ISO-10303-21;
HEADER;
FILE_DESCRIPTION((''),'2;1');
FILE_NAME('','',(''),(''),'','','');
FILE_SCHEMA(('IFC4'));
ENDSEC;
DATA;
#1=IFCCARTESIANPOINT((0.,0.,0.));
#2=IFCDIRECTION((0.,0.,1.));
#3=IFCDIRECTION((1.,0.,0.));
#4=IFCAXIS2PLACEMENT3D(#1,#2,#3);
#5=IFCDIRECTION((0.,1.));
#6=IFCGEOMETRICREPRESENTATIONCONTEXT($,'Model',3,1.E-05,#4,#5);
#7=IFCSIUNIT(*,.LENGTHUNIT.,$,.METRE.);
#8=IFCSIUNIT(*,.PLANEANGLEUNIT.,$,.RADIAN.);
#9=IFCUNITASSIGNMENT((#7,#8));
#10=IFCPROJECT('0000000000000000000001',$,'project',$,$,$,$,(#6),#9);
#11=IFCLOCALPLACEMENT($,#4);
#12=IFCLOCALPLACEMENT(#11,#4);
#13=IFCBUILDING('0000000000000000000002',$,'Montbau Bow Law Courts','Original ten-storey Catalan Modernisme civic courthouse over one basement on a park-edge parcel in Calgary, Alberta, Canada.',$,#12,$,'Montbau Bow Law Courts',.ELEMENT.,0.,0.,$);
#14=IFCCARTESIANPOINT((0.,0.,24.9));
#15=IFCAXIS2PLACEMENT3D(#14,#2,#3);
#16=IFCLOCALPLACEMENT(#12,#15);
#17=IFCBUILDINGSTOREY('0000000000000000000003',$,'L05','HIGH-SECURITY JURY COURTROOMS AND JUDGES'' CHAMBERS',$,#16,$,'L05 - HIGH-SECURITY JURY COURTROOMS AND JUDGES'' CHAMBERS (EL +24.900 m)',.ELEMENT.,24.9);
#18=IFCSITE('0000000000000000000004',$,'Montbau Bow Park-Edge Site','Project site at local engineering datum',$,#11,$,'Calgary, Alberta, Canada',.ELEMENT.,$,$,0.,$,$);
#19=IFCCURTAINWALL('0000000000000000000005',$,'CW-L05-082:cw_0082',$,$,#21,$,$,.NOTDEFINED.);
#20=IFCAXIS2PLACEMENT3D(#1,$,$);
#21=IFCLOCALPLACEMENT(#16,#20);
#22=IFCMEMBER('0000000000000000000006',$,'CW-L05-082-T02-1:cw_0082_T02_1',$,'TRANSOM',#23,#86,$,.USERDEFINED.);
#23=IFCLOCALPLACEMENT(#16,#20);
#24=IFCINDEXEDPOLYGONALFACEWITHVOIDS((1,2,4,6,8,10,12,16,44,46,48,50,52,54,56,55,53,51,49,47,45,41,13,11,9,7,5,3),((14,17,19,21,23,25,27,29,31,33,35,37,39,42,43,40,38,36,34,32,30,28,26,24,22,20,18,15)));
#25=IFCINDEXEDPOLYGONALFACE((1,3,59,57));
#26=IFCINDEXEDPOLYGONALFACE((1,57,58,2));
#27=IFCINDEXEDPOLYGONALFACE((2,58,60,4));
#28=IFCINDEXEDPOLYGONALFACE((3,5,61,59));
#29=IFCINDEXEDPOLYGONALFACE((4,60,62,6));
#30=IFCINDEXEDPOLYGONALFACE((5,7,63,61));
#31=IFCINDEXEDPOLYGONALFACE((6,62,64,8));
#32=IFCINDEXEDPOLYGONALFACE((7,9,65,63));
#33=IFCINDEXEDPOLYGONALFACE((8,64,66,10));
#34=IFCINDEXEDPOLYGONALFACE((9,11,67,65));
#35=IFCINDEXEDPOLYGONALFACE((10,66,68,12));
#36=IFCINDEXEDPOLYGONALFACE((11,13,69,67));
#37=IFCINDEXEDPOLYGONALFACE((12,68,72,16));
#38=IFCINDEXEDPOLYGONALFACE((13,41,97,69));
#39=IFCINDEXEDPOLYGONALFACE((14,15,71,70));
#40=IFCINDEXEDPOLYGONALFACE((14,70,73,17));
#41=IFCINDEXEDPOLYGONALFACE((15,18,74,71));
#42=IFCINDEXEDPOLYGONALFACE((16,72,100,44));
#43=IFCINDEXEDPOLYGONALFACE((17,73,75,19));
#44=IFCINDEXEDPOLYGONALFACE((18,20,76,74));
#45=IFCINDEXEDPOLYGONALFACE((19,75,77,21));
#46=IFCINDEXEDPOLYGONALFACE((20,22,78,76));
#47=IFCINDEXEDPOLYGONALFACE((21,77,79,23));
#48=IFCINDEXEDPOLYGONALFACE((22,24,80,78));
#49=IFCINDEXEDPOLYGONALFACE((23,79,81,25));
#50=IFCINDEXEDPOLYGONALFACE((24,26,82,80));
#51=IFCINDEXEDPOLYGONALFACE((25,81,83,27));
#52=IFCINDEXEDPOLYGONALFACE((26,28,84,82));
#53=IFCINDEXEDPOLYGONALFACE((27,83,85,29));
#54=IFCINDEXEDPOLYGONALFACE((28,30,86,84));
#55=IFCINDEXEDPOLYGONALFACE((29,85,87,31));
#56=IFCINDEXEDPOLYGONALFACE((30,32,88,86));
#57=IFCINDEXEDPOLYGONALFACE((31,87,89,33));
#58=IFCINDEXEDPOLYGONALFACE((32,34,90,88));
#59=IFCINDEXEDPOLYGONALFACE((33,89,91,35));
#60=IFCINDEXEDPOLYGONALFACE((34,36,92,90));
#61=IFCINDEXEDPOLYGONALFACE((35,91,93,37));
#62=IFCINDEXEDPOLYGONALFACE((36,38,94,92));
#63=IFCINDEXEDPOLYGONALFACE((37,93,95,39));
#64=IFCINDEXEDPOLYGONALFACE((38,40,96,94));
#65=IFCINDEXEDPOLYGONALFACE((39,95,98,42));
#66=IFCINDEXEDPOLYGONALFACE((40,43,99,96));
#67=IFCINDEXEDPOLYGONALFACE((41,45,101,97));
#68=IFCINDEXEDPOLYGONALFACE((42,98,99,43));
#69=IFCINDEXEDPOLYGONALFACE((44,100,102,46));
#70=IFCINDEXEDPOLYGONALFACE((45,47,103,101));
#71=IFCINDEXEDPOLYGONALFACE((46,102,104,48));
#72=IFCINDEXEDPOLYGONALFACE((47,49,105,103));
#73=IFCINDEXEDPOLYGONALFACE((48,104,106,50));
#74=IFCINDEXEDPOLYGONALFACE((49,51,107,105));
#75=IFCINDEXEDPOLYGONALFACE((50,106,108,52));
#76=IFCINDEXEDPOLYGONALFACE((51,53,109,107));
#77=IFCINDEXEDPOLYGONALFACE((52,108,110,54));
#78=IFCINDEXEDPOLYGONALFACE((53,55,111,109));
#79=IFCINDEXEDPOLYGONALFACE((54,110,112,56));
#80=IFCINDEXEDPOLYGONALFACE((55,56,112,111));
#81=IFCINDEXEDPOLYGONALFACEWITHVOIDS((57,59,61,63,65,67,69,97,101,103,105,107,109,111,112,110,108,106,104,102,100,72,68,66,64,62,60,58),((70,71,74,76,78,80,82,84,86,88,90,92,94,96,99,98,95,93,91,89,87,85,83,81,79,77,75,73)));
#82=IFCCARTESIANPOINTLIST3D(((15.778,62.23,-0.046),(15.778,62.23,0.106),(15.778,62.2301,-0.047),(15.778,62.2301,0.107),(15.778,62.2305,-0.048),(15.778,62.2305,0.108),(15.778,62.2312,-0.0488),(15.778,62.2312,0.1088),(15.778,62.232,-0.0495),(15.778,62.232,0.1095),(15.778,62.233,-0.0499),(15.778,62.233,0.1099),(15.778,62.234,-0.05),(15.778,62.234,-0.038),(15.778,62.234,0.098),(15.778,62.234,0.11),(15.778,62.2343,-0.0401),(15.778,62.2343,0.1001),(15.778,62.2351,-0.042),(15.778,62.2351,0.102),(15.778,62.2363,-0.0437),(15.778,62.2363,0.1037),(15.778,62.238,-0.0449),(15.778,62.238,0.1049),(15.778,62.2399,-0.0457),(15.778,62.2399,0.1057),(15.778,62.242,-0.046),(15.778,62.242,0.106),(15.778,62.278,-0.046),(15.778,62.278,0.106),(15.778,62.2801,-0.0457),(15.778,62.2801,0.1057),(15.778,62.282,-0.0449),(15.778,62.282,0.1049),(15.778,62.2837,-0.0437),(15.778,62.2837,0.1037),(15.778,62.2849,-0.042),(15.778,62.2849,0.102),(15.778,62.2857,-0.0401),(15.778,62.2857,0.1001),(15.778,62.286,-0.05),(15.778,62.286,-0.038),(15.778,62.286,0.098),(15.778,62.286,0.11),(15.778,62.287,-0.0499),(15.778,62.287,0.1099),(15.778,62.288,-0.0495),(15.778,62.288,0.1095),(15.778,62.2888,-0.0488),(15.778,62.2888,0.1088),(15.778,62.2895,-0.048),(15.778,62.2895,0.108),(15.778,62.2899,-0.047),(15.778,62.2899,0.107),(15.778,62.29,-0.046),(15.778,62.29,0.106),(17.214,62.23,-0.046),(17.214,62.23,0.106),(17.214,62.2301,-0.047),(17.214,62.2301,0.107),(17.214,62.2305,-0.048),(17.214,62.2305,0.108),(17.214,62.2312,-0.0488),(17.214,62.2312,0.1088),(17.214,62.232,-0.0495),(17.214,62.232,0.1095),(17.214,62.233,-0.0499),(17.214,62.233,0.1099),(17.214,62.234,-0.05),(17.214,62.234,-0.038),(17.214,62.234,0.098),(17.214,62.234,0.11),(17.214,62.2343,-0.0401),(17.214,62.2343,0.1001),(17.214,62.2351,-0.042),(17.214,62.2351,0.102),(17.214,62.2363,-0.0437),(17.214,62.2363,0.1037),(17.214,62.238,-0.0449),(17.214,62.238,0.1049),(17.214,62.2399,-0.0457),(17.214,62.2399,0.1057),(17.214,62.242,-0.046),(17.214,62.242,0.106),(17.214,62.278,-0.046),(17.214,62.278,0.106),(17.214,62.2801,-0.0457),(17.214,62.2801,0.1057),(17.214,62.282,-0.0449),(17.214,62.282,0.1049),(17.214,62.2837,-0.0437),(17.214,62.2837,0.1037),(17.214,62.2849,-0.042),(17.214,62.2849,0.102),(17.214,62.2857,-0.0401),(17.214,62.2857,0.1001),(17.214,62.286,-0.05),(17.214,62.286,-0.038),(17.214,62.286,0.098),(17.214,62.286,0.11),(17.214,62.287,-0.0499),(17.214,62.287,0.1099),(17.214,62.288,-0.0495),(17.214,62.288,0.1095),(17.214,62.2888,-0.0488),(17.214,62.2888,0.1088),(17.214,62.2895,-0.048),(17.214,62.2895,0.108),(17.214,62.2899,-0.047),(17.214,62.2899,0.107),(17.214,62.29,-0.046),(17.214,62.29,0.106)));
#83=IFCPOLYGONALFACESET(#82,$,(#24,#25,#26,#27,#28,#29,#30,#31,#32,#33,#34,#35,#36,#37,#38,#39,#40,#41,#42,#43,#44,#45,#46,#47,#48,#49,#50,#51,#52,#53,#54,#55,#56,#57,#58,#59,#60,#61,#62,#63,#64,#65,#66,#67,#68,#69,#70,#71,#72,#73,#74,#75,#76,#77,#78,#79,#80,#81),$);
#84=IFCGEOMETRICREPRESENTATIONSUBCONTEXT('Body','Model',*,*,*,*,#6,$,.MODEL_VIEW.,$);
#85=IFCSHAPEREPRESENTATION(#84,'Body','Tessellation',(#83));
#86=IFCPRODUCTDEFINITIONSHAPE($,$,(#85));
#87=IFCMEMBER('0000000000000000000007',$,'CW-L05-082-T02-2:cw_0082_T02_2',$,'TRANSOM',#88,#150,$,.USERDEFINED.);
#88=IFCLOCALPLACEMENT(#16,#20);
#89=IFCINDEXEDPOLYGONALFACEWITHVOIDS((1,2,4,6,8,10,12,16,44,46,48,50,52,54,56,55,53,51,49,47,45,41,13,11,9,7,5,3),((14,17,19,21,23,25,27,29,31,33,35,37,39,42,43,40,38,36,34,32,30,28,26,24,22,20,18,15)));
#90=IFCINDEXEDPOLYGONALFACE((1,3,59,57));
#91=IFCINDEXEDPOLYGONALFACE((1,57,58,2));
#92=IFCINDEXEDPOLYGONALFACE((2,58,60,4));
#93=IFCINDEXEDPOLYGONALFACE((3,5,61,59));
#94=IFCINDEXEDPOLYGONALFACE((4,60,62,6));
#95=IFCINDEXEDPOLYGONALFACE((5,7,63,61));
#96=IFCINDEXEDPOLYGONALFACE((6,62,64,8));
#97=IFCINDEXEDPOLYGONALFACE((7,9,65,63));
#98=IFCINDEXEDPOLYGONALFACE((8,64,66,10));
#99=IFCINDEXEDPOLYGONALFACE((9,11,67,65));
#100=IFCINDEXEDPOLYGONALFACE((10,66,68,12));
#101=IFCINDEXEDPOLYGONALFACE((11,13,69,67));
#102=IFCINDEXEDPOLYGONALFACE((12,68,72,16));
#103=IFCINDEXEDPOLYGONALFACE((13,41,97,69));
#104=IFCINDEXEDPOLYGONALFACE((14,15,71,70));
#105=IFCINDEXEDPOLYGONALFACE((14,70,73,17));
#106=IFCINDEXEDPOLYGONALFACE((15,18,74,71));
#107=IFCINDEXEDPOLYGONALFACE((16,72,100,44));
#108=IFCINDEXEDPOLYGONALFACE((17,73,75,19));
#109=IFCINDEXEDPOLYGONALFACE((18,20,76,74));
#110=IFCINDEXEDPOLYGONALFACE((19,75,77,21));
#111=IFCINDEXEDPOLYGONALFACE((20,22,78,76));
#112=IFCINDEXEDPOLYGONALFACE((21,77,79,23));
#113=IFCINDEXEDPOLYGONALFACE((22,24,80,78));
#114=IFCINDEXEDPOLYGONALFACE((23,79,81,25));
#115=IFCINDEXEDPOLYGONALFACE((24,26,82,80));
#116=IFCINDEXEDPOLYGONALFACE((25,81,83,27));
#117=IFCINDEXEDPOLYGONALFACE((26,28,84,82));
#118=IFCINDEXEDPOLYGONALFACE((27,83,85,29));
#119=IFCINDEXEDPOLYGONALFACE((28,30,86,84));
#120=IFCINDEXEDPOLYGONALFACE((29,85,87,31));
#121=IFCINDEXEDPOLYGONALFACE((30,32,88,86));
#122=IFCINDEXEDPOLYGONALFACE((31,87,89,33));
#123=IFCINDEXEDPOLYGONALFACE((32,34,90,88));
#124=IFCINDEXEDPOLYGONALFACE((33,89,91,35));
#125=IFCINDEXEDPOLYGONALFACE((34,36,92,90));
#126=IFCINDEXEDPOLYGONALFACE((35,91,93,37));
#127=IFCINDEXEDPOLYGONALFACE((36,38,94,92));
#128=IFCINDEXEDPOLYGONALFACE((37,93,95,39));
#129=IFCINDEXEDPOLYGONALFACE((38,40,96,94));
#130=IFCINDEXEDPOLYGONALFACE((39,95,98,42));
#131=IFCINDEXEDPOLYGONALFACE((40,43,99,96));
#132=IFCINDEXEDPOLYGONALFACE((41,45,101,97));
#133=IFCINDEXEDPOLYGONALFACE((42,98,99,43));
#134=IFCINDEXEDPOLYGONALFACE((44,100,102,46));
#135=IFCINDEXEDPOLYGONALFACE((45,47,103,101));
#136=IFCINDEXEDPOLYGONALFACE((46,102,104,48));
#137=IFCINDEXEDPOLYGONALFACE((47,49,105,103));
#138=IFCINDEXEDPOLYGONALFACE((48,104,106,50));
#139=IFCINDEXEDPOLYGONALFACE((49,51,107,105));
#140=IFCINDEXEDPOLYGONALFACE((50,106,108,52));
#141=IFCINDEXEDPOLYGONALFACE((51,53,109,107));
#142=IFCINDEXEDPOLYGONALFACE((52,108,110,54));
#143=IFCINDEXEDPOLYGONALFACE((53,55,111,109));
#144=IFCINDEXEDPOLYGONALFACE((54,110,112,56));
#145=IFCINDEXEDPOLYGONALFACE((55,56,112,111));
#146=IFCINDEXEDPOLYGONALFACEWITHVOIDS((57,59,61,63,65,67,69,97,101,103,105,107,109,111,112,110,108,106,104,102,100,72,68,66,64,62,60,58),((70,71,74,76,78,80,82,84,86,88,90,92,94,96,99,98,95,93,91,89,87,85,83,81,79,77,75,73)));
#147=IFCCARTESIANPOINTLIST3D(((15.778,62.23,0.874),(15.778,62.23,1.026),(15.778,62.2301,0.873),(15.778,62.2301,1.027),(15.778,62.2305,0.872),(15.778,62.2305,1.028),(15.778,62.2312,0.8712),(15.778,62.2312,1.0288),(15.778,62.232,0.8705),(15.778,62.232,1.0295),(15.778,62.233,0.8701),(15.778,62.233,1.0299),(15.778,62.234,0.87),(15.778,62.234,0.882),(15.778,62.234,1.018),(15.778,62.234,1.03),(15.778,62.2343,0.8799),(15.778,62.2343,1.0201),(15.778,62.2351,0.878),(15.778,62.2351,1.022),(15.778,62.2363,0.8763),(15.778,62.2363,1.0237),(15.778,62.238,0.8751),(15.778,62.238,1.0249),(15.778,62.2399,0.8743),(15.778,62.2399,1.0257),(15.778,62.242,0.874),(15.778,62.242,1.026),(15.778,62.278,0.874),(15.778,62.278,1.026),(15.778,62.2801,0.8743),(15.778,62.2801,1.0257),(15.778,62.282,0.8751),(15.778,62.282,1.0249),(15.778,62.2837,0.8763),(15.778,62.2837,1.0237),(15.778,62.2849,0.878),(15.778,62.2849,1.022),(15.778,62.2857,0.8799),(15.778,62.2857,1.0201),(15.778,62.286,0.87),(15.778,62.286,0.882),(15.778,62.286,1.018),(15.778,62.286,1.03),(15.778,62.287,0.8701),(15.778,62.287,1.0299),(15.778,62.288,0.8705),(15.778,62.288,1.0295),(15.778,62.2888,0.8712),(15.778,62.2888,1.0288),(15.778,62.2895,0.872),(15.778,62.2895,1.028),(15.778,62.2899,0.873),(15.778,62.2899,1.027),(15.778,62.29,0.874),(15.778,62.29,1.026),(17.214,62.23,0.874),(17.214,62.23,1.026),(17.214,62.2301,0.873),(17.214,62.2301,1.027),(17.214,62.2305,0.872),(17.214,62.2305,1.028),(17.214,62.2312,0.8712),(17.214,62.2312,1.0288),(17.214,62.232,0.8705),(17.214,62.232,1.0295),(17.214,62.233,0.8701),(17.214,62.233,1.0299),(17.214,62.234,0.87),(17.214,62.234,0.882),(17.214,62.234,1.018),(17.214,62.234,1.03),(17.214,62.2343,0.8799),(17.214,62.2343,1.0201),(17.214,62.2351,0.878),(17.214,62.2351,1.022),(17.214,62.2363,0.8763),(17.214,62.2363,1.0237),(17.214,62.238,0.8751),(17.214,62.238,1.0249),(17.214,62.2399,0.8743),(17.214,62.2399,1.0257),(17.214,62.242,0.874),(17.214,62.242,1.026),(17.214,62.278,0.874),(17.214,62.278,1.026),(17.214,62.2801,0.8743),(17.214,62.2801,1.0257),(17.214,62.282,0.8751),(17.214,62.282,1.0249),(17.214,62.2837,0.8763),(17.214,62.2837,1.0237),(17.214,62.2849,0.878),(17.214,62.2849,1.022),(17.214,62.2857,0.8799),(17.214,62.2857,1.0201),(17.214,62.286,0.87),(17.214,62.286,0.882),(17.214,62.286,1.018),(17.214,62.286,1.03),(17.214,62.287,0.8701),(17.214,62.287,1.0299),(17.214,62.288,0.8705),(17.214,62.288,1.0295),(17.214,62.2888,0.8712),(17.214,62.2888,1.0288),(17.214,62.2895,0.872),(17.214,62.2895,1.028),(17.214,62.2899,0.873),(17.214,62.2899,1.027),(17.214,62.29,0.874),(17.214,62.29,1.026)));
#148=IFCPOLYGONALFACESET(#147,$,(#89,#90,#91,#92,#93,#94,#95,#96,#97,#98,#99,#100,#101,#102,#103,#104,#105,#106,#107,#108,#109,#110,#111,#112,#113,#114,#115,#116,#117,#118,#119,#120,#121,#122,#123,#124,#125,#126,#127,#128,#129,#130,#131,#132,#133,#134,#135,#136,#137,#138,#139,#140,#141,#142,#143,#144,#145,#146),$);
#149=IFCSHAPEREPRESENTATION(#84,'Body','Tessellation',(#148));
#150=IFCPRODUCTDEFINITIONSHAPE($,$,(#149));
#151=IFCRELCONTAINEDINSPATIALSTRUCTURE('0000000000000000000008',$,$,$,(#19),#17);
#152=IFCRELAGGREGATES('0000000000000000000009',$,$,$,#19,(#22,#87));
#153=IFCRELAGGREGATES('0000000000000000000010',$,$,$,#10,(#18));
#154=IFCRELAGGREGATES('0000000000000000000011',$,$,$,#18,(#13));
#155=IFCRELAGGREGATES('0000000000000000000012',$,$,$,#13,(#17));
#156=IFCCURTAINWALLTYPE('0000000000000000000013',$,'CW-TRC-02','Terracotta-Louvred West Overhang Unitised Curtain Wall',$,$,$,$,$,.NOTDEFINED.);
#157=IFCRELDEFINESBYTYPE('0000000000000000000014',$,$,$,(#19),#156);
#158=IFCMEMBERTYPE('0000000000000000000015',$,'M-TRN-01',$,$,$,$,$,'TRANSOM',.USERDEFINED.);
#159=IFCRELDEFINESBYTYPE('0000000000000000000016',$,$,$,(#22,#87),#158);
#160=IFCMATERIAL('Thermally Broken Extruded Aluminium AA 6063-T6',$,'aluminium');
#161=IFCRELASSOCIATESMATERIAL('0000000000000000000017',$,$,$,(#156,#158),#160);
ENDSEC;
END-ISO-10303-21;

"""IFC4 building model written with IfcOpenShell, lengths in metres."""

from ifc_helpers import new_model, si_unit, direction, frame, origin_with_axes, origin_2d_with_axis, place, context, subcontext, project, spatial, hollow_rectangle, extrude, material, material_profile, profile_set, type_object, element, aggregate, save


model = new_model("IFC4")

# Units and contexts
model_context = context("Model", 3, precision=1e-05, world=origin_with_axes(), true_north=direction((0.0, 1.0)))
body_context = subcontext(model_context, "Body", "Model", "MODEL_VIEW")
ifc_project = project(units=[si_unit("LENGTHUNIT", "METRE"), si_unit("PLANEANGLEUNIT", "RADIAN")], contexts=[model_context])

# Site, building, storey
site_placement = place(None, origin_with_axes())
site = spatial("IfcSite", under=ifc_project, at=site_placement, Name="Montbau Bow Park-Edge Site", Description="Project site at local engineering datum", LongName="Calgary, Alberta, Canada", CompositionType="ELEMENT", RefElevation=0.0)
building_placement = place(site_placement, origin_with_axes())
building = spatial("IfcBuilding", under=site, at=building_placement, Name="Montbau Bow Law Courts", Description="Original ten-storey Catalan Modernisme civic courthouse over one basement on a park-edge parcel in Calgary, Alberta, Canada.", LongName="Montbau Bow Law Courts", CompositionType="ELEMENT", ElevationOfRefHeight=0.0, ElevationOfTerrain=0.0)
storey_placement = place(building_placement, frame((0.0, 0.0, 24.9), z_axis=(0.0, 0.0, 1.0), x_axis=(1.0, 0.0, 0.0)))
storey = spatial("IfcBuildingStorey", under=building, at=storey_placement, Name="L05", Description="HIGH-SECURITY JURY COURTROOMS AND JUDGES' CHAMBERS", LongName="L05 - HIGH-SECURITY JURY COURTROOMS AND JUDGES' CHAMBERS (EL +24.900 m)", CompositionType="ELEMENT", Elevation=24.9)

# Curtain wall, members
ifc_material_1 = material(Name="Thermally Broken Extruded Aluminium AA 6063-T6", Category="aluminium")
curtain_wall_type = type_object("IfcCurtainWallType", Name="CW-TRC-02", Description="Terracotta-Louvred West Overhang Unitised Curtain Wall", PredefinedType="NOTDEFINED", material=ifc_material_1)
curtain_wall_placement = place(None, frame((14.24, 62.26, 24.9), z_axis=(0.0, 0.0, 1.0), x_axis=(1.0, 0.0, 0.0)))
curtain_wall = element("IfcCurtainWall", 1, at=curtain_wall_placement, inside=storey, type_object=curtain_wall_type, Name="CW-L05-082:cw_0082", PredefinedType="NOTDEFINED")
ifc_material_profile_1 = material_profile(ifc_material_1, hollow_rectangle(XDim=0.06, YDim=0.16, WallThickness=0.004, InnerFilletRadius=0.008, OuterFilletRadius=0.004, at=origin_2d_with_axis()), Name="CWT-160X60", Category="Main", Priority=0)
ifc_profile_set_1 = profile_set([ifc_material_profile_1], Name="Thermally Broken Extruded Aluminium AA 6063-T6")
member_type_1 = type_object("IfcMemberType", Name="M-TRN-01", ElementType="TRANSOM", PredefinedType="USERDEFINED", material=ifc_profile_set_1)
member_1_placement = place(None, frame((15.778, 62.26, 24.93), z_axis=(1.0, 0.0, 0.0), x_axis=(0.0, 1.0, 0.0)))
member_1 = element("IfcMember", 2, at=member_1_placement, type_object=member_type_1, Name="CW-L05-082-T02-1:cw_0082_T02_1", ObjectType="TRANSOM", PredefinedType="USERDEFINED", context=body_context, shape_type="SweptSolid", body=[
    extrude(hollow_rectangle(XDim=0.06, YDim=0.16, WallThickness=0.004, InnerFilletRadius=0.008, OuterFilletRadius=0.004, at=origin_2d_with_axis()), origin_with_axes(), (0.0, 0.0, 1.0), 1.436),
])
member_2_placement = place(None, frame((15.778, 62.26, 25.85), z_axis=(1.0, 0.0, 0.0), x_axis=(0.0, 1.0, 0.0)))
member_2 = element("IfcMember", 3, at=member_2_placement, type_object=member_type_1, Name="CW-L05-082-T02-2:cw_0082_T02_2", ObjectType="TRANSOM", PredefinedType="USERDEFINED", context=body_context, shape_type="SweptSolid", body=[
    extrude(hollow_rectangle(XDim=0.06, YDim=0.16, WallThickness=0.004, InnerFilletRadius=0.008, OuterFilletRadius=0.004, at=origin_2d_with_axis()), origin_with_axes(), (0.0, 0.0, 1.0), 1.436),
])
aggregate(curtain_wall, [member_1, member_2])

save(model, "model.ifc")
